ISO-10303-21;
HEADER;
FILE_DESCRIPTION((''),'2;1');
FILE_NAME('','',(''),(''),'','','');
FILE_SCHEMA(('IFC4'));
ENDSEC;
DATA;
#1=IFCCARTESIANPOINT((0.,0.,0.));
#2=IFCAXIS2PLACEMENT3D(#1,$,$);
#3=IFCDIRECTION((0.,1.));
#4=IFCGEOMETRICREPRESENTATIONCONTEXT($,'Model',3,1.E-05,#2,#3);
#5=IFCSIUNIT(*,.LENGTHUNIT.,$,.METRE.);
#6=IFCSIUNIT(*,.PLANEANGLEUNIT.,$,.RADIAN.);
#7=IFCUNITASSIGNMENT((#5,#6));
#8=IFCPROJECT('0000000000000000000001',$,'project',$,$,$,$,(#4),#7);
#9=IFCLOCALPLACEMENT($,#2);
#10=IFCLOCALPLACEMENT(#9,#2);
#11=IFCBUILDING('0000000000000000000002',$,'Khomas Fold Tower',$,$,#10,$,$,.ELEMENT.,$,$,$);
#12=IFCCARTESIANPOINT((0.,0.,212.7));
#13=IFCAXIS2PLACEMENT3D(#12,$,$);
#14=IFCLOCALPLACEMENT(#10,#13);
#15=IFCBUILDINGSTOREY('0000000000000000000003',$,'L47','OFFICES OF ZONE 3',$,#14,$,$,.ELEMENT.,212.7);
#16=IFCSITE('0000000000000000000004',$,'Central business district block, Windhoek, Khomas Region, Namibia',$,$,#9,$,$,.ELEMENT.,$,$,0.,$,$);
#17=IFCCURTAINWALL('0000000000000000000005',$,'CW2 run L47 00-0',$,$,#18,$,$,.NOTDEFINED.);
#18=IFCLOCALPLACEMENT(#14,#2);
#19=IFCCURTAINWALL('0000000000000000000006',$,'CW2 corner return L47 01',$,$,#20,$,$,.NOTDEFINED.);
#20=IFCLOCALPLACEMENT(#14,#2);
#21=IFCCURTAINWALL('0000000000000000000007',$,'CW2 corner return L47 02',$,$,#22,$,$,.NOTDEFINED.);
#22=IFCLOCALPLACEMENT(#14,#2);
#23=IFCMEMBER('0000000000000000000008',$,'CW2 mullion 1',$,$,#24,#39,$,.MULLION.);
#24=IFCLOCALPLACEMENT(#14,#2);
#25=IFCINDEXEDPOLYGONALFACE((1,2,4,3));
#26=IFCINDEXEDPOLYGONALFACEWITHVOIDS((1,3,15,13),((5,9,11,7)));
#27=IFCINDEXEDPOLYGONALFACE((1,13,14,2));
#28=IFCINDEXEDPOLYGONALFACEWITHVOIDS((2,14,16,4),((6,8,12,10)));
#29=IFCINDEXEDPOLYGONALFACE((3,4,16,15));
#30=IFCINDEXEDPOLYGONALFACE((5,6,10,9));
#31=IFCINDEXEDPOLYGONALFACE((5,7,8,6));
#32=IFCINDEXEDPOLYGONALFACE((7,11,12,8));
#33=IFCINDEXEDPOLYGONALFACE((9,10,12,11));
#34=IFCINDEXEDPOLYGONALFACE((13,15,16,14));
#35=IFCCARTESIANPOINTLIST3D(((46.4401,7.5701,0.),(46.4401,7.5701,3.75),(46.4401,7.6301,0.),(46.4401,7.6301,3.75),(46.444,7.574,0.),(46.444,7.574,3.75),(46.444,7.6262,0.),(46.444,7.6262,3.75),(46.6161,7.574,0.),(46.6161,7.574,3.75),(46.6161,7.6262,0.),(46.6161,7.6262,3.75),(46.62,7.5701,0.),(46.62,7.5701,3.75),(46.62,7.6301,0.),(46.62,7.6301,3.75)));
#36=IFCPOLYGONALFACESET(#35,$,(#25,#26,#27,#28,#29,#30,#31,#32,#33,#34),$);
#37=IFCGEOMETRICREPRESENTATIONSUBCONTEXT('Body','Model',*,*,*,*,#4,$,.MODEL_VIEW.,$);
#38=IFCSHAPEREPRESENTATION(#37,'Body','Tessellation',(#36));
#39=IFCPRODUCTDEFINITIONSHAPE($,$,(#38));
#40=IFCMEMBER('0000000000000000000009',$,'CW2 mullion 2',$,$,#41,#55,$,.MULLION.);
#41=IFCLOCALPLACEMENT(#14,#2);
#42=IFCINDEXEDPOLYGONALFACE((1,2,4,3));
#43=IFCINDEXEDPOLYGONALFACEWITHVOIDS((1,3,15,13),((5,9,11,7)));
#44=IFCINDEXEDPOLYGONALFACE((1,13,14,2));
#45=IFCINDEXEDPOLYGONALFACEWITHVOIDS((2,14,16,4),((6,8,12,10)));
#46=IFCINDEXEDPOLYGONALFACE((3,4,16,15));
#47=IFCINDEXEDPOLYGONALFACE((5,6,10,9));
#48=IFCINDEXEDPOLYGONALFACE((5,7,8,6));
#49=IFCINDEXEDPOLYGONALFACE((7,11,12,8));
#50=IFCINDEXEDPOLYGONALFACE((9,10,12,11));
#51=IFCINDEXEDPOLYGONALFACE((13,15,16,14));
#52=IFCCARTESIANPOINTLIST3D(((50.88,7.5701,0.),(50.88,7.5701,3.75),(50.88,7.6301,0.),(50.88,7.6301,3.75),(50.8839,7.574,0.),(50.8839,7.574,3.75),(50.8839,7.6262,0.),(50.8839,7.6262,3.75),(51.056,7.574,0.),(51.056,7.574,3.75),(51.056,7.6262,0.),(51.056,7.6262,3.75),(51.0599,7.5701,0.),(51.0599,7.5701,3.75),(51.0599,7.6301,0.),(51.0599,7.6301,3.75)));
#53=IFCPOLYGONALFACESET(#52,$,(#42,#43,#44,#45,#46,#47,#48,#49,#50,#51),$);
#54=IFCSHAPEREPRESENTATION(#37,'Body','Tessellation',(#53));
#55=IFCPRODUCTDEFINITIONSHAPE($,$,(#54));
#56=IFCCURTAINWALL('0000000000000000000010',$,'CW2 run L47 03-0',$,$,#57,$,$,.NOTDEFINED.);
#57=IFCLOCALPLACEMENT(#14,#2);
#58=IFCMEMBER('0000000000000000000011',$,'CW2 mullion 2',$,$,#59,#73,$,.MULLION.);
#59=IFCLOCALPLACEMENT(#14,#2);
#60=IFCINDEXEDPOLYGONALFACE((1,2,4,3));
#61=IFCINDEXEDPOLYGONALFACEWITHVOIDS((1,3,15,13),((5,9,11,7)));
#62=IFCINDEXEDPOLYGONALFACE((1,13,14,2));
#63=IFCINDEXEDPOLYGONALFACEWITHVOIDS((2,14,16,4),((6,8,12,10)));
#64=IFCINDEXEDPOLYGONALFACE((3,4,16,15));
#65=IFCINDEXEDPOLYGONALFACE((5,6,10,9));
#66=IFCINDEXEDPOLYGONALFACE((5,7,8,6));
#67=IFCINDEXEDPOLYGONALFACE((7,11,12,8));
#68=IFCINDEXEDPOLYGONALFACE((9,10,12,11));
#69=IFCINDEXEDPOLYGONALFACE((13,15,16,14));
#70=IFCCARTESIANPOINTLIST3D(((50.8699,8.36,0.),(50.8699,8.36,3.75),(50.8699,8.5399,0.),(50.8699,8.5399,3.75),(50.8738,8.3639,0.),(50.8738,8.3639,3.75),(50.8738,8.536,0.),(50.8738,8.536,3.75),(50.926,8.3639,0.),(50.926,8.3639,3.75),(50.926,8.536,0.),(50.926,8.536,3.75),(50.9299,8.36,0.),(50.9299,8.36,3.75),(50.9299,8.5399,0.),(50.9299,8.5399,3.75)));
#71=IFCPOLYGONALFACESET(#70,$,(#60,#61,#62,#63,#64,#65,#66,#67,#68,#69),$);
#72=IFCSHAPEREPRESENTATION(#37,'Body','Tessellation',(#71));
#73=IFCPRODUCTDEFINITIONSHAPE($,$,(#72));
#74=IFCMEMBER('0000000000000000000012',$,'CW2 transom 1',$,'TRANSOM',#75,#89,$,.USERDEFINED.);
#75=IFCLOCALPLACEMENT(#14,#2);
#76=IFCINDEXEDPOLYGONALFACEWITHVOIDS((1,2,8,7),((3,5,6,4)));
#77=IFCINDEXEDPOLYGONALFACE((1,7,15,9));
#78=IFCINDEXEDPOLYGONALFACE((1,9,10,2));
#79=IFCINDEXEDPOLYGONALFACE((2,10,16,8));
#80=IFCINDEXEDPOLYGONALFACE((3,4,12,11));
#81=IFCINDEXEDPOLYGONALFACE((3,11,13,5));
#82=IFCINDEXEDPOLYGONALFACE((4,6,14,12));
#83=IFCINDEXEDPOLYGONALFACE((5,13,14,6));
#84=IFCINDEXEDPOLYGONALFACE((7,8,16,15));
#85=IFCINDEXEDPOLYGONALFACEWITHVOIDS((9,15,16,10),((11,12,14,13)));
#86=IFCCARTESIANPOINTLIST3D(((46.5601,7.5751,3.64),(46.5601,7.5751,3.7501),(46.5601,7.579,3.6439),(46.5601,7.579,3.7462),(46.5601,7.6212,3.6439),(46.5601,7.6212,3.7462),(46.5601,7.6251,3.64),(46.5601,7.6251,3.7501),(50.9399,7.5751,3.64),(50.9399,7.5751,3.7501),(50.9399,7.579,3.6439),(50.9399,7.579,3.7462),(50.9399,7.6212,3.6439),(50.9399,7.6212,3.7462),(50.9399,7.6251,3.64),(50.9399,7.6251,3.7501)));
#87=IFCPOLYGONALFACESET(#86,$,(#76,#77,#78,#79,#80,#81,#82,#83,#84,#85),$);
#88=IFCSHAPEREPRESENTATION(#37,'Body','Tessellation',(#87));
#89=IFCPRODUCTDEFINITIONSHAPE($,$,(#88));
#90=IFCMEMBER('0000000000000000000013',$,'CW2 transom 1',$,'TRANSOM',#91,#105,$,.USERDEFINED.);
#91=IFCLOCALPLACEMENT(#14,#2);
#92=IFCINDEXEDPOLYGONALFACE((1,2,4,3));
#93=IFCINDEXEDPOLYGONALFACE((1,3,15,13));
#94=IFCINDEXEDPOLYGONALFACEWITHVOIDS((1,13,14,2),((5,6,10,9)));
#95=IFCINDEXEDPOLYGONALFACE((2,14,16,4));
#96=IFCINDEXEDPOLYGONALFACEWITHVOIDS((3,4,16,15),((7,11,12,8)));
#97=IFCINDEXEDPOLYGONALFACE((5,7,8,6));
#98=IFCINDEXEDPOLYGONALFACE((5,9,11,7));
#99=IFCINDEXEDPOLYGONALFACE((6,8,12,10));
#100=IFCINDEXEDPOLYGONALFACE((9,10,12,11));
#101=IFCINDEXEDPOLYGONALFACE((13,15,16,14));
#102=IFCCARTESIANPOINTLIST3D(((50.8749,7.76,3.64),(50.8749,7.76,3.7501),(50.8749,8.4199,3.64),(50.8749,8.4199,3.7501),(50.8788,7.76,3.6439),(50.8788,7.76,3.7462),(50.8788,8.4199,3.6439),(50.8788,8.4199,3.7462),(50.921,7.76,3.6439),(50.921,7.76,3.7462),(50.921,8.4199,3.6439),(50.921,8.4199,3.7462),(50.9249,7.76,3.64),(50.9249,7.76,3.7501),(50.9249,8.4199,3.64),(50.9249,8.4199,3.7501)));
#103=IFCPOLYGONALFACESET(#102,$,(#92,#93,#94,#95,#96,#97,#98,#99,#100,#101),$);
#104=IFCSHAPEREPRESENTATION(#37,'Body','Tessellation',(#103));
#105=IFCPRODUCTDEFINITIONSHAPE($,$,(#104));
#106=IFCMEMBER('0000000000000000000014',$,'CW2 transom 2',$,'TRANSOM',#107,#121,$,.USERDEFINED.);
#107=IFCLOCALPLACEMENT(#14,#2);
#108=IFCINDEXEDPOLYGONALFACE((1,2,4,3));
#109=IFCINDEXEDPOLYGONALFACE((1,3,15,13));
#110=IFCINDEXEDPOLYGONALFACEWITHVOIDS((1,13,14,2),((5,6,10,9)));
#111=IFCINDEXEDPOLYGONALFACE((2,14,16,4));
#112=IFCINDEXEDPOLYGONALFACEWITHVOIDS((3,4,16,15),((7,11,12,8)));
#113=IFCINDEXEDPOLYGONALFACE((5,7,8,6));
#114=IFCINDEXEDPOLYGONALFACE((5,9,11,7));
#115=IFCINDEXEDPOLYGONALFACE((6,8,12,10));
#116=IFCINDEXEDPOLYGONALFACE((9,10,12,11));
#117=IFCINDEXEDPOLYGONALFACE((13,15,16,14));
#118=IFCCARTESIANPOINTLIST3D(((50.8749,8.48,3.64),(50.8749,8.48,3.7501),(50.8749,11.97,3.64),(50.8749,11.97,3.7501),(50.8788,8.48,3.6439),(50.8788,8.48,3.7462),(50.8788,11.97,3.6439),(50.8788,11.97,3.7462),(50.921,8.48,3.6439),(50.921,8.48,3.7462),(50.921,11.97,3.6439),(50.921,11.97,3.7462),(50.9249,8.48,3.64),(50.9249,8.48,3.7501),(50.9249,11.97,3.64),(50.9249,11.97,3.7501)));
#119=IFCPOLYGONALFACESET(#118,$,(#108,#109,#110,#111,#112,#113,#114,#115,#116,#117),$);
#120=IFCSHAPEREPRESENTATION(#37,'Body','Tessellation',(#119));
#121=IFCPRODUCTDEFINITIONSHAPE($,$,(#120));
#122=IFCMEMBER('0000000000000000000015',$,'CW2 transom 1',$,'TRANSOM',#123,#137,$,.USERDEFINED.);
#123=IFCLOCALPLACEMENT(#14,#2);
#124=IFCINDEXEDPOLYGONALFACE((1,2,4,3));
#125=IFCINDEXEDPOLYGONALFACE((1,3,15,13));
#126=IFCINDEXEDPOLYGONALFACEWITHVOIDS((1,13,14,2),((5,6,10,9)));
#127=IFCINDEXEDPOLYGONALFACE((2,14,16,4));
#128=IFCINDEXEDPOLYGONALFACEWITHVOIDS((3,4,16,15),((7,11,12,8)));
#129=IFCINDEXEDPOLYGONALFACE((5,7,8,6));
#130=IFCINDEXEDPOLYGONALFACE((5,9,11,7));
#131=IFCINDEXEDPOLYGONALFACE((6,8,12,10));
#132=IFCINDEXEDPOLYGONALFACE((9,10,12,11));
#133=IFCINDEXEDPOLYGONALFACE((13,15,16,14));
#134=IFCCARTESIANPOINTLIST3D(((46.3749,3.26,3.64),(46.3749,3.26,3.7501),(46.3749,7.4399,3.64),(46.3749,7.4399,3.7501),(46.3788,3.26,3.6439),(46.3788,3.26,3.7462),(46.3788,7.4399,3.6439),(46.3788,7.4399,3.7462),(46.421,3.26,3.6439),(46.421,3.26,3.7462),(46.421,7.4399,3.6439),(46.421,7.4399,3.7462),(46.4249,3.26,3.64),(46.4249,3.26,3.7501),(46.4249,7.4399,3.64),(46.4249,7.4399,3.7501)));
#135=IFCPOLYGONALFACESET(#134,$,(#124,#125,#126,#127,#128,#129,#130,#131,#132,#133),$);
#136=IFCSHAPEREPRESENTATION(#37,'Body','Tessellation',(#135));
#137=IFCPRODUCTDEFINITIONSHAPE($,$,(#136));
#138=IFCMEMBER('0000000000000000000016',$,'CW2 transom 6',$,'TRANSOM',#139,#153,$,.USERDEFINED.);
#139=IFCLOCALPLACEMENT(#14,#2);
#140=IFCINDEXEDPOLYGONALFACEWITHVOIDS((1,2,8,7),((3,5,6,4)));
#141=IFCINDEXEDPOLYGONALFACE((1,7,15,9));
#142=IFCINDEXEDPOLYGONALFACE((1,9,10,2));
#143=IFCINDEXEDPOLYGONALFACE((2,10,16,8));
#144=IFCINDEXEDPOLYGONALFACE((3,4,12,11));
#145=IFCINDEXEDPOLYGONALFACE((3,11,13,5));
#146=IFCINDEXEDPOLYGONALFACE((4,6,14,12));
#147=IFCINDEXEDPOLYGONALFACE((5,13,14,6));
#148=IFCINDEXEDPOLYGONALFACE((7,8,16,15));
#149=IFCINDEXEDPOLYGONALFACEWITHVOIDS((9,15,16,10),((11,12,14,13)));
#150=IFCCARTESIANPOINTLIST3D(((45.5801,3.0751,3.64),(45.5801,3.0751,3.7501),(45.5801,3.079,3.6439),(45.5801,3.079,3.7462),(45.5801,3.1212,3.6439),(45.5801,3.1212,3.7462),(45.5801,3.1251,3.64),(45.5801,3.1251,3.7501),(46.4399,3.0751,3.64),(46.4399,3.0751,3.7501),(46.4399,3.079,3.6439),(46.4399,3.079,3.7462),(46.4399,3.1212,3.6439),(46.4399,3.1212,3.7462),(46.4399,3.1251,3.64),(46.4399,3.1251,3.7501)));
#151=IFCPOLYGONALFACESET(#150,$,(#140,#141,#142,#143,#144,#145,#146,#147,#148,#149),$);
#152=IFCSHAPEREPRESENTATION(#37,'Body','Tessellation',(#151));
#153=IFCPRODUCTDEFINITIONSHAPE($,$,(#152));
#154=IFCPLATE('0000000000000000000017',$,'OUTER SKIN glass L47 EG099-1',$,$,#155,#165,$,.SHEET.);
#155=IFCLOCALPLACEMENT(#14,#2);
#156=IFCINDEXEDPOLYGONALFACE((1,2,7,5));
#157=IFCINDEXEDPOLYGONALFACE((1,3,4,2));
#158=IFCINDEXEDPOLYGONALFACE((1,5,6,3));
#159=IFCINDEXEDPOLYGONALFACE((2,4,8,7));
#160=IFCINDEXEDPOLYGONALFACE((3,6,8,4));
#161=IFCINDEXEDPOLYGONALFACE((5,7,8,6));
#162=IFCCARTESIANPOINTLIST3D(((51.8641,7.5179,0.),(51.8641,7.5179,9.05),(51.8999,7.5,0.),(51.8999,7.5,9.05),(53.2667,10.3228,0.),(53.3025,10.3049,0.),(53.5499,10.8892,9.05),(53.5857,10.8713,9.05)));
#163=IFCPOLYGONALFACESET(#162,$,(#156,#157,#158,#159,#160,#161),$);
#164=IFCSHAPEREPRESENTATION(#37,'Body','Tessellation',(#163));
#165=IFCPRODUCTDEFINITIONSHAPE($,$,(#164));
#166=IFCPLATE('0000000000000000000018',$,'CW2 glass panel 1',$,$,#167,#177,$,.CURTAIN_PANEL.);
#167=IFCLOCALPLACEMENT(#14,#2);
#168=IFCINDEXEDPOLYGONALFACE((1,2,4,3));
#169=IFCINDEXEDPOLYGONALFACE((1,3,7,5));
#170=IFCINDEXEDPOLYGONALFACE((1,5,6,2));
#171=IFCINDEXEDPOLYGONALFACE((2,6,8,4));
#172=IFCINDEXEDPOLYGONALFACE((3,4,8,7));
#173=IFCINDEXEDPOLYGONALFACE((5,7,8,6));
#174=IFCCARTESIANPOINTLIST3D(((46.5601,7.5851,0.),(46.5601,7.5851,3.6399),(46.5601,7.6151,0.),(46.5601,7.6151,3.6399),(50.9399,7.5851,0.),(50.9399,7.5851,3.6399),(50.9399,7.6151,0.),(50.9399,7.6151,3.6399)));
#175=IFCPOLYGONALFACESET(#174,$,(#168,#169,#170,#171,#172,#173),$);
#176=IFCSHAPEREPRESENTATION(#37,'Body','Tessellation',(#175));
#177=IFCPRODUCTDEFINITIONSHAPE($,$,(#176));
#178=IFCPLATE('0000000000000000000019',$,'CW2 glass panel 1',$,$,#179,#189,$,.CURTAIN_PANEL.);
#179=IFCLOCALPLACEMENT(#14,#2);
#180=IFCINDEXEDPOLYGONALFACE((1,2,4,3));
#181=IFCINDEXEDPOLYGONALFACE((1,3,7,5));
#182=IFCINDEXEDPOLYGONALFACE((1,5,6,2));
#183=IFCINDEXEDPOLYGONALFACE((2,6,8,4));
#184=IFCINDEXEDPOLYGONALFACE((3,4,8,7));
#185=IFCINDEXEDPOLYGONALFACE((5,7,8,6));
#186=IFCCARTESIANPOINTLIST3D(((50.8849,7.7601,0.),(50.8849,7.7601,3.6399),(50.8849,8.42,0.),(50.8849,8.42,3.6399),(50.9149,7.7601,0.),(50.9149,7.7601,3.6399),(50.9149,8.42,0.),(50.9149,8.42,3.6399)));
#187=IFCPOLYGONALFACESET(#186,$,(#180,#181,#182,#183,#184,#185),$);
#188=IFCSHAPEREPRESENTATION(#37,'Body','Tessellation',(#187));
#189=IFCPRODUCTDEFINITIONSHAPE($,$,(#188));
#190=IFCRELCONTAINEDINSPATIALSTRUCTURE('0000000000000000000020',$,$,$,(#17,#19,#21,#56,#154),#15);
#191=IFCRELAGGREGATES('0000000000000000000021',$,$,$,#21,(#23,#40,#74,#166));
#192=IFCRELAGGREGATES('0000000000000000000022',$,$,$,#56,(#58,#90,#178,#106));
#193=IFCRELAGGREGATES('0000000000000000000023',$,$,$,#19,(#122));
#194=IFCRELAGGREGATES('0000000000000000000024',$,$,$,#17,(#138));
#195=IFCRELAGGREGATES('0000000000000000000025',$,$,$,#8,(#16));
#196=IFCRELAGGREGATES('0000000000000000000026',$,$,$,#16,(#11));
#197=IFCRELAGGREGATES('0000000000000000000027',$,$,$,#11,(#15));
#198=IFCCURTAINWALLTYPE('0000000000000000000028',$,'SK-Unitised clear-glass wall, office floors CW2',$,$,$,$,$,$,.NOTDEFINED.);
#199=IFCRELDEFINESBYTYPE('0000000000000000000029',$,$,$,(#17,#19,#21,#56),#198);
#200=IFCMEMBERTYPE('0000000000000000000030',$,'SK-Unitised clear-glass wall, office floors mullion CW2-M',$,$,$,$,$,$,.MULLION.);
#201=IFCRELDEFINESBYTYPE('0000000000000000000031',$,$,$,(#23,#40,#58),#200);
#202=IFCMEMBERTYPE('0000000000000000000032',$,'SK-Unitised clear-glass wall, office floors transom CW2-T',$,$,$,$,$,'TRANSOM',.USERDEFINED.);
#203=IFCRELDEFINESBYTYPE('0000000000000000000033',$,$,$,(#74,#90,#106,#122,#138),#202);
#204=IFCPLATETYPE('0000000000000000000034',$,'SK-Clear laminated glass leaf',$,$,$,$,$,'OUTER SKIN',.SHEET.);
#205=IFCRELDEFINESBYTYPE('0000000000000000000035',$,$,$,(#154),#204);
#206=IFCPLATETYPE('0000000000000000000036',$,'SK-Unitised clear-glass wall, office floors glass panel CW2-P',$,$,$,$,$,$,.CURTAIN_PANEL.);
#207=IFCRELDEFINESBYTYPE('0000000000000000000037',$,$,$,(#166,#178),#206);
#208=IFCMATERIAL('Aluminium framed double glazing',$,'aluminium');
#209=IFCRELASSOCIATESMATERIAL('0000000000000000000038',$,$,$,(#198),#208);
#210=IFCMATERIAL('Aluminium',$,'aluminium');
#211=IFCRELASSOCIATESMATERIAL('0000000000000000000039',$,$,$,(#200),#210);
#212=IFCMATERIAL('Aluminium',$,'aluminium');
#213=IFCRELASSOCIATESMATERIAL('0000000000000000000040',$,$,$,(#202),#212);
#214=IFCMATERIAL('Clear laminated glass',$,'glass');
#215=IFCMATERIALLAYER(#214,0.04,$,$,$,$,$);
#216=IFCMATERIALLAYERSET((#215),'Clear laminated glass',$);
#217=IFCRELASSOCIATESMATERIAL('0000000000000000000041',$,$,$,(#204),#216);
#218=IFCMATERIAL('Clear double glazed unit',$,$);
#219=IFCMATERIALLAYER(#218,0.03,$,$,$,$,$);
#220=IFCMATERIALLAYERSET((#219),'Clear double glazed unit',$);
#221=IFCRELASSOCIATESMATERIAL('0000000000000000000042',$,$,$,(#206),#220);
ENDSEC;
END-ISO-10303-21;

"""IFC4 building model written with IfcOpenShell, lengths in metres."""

from ifc_helpers import new_model, si_unit, direction, frame, origin, origin_2d, place, context, subcontext, project, spatial, polyline, rectangle, hollow_rectangle, outline, extrude, source, transform, mapped, material, layer, layer_set, material_profile, profile_set, type_object, element, aggregate, save


model = new_model("IFC4")

# Units and contexts
model_context = context("Model", 3, precision=1e-05, world=origin(), true_north=direction((0.0, 1.0)))
body_context = subcontext(model_context, "Body", "Model", "MODEL_VIEW")
ifc_project = project(units=[si_unit("LENGTHUNIT", "METRE"), si_unit("PLANEANGLEUNIT", "RADIAN")], contexts=[model_context])

# Site, building, storey
site_placement = place(None, origin())
site = spatial("IfcSite", under=ifc_project, at=site_placement, Name="Central business district block, Windhoek, Khomas Region, Namibia", CompositionType="ELEMENT", RefElevation=0.0)
building_placement = place(site_placement, origin())
building = spatial("IfcBuilding", under=site, at=building_placement, Name="Khomas Fold Tower", CompositionType="ELEMENT")
storey_placement = place(building_placement, frame((0.0, 0.0, 212.7)))
storey = spatial("IfcBuildingStorey", under=building, at=storey_placement, Name="L47", Description="OFFICES OF ZONE 3", CompositionType="ELEMENT", Elevation=212.7)

# Curtain walls, members
ifc_material_1 = material(Name="Aluminium framed double glazing", Category="aluminium")
curtain_wall_type = type_object("IfcCurtainWallType", Name="SK-Unitised clear-glass wall, office floors CW2", PredefinedType="NOTDEFINED", material=ifc_material_1)
curtain_wall_1_placement = place(storey_placement, origin())
curtain_wall_1 = element("IfcCurtainWall", 1, at=curtain_wall_1_placement, inside=storey, type_object=curtain_wall_type, Name="CW2 run L47 00-0", PredefinedType="NOTDEFINED")
ifc_material_2 = material(Name="Aluminium", Category="aluminium")
ifc_material_profile_1 = material_profile(ifc_material_2, hollow_rectangle(XDim=0.0601, YDim=0.1799, WallThickness=0.0039, at=origin_2d()), Name="SK-Unitised clear-glass wall, office floors mullion CW2-M")
ifc_profile_set_1 = profile_set([ifc_material_profile_1], Name="Aluminium")
member_type_1 = type_object("IfcMemberType", Name="SK-Unitised clear-glass wall, office floors mullion CW2-M", PredefinedType="MULLION", material=ifc_profile_set_1)
shared_shape_1 = source(origin(), body_context, "Body", "SweptSolid", [
    extrude(hollow_rectangle(XDim=0.0601, YDim=0.1799, WallThickness=0.0039, at=origin_2d()), origin(), (0.0, 0.0, 1.0), 3.75),
])
curtain_wall_2_placement = place(storey_placement, origin())
curtain_wall_2 = element("IfcCurtainWall", 2, at=curtain_wall_2_placement, inside=storey, type_object=curtain_wall_type, Name="CW2 corner return L47 01", PredefinedType="NOTDEFINED")
curtain_wall_3_placement = place(storey_placement, origin())
curtain_wall_3 = element("IfcCurtainWall", 3, at=curtain_wall_3_placement, inside=storey, type_object=curtain_wall_type, Name="CW2 corner return L47 02", PredefinedType="NOTDEFINED")
member_1_placement = place(storey_placement, frame((46.53, 7.6001, 0.0), z_axis=(0.0, 0.0, 1.0), x_axis=(0.0, 1.0, 0.0)))
member_1 = element("IfcMember", 4, at=member_1_placement, type_object=member_type_1, Name="CW2 mullion 1", PredefinedType="MULLION", context=body_context, shape_type="MappedRepresentation", body=[
    mapped(shared_shape_1, transform((0.0, 0.0, 0.0))),
])
member_2_placement = place(storey_placement, frame((50.97, 7.6001, 0.0), z_axis=(0.0, 0.0, 1.0), x_axis=(0.0, 1.0, 0.0)))
member_2 = element("IfcMember", 5, at=member_2_placement, type_object=member_type_1, Name="CW2 mullion 2", PredefinedType="MULLION", context=body_context, shape_type="MappedRepresentation", body=[
    mapped(shared_shape_1, transform((0.0, 0.0, 0.0))),
])

# Curtain wall, member
curtain_wall_4_placement = place(storey_placement, origin())
curtain_wall_4 = element("IfcCurtainWall", 6, at=curtain_wall_4_placement, inside=storey, type_object=curtain_wall_type, Name="CW2 run L47 03-0", PredefinedType="NOTDEFINED")
member_3_placement = place(storey_placement, frame((50.8999, 8.45, 0.0), z_axis=(0.0, 0.0, 1.0), x_axis=(-1.0, 0.0, 0.0)))
member_3 = element("IfcMember", 7, at=member_3_placement, type_object=member_type_1, Name="CW2 mullion 2", PredefinedType="MULLION", context=body_context, shape_type="MappedRepresentation", body=[
    mapped(shared_shape_1, transform((0.0, 0.0, 0.0))),
])

# Members
ifc_material_3 = material(Name="Aluminium", Category="aluminium")
ifc_material_profile_2 = material_profile(ifc_material_3, hollow_rectangle(XDim=0.05, YDim=0.1101, WallThickness=0.0039, at=origin_2d()), Name="SK-Unitised clear-glass wall, office floors transom CW2-T")
ifc_profile_set_2 = profile_set([ifc_material_profile_2], Name="Aluminium")
member_type_2 = type_object("IfcMemberType", Name="SK-Unitised clear-glass wall, office floors transom CW2-T", ElementType="TRANSOM", PredefinedType="USERDEFINED", material=ifc_profile_set_2)
shared_shape_2 = source(origin(), body_context, "Body", "SweptSolid", [
    extrude(hollow_rectangle(XDim=0.05, YDim=0.1101, WallThickness=0.0039, at=origin_2d()), origin(), (0.0, 0.0, 1.0), 4.3799),
])
member_4_placement = place(storey_placement, frame((46.5601, 7.6001, 3.6951), z_axis=(1.0, 0.0, 0.0), x_axis=(0.0, 1.0, 0.0)))
member_4 = element("IfcMember", 8, at=member_4_placement, type_object=member_type_2, Name="CW2 transom 1", ObjectType="TRANSOM", PredefinedType="USERDEFINED", context=body_context, shape_type="MappedRepresentation", body=[
    mapped(shared_shape_2, transform((0.0, 0.0, 0.0))),
])
shared_shape_3 = source(origin(), body_context, "Body", "SweptSolid", [
    extrude(hollow_rectangle(XDim=0.05, YDim=0.1101, WallThickness=0.0039, at=origin_2d()), origin(), (0.0, 0.0, 1.0), 0.6599),
])
member_5_placement = place(storey_placement, frame((50.8999, 7.76, 3.6951), z_axis=(0.0, 1.0, 0.0), x_axis=(-1.0, 0.0, 0.0)))
member_5 = element("IfcMember", 9, at=member_5_placement, type_object=member_type_2, Name="CW2 transom 1", ObjectType="TRANSOM", PredefinedType="USERDEFINED", context=body_context, shape_type="MappedRepresentation", body=[
    mapped(shared_shape_3, transform((0.0, 0.0, 0.0))),
])
shared_shape_4 = source(origin(), body_context, "Body", "SweptSolid", [
    extrude(hollow_rectangle(XDim=0.05, YDim=0.1101, WallThickness=0.0039, at=origin_2d()), origin(), (0.0, 0.0, 1.0), 3.49),
])
member_6_placement = place(storey_placement, frame((50.8999, 8.48, 3.6951), z_axis=(0.0, 1.0, 0.0), x_axis=(-1.0, 0.0, 0.0)))
member_6 = element("IfcMember", 10, at=member_6_placement, type_object=member_type_2, Name="CW2 transom 2", ObjectType="TRANSOM", PredefinedType="USERDEFINED", context=body_context, shape_type="MappedRepresentation", body=[
    mapped(shared_shape_4, transform((0.0, 0.0, 0.0))),
])
shared_shape_5 = source(origin(), body_context, "Body", "SweptSolid", [
    extrude(hollow_rectangle(XDim=0.05, YDim=0.1101, WallThickness=0.0039, at=origin_2d()), origin(), (0.0, 0.0, 1.0), 4.1799),
])
member_7_placement = place(storey_placement, frame((46.3999, 3.26, 3.6951), z_axis=(0.0, 1.0, 0.0), x_axis=(-1.0, 0.0, 0.0)))
member_7 = element("IfcMember", 11, at=member_7_placement, type_object=member_type_2, Name="CW2 transom 1", ObjectType="TRANSOM", PredefinedType="USERDEFINED", context=body_context, shape_type="MappedRepresentation", body=[
    mapped(shared_shape_5, transform((0.0, 0.0, 0.0))),
])
shared_shape_6 = source(origin(), body_context, "Body", "SweptSolid", [
    extrude(hollow_rectangle(XDim=0.05, YDim=0.1101, WallThickness=0.0039, at=origin_2d()), origin(), (0.0, 0.0, 1.0), 0.8599),
])
member_8_placement = place(storey_placement, frame((45.5801, 3.1001, 3.6951), z_axis=(1.0, 0.0, 0.0), x_axis=(0.0, 1.0, 0.0)))
member_8 = element("IfcMember", 12, at=member_8_placement, type_object=member_type_2, Name="CW2 transom 6", ObjectType="TRANSOM", PredefinedType="USERDEFINED", context=body_context, shape_type="MappedRepresentation", body=[
    mapped(shared_shape_6, transform((0.0, 0.0, 0.0))),
])

# Plates
ifc_material_4 = material(Name="Clear laminated glass", Category="glass")
ifc_layer_1 = layer(ifc_material_4, 0.04)
ifc_layer_set_1 = layer_set([ifc_layer_1], Name="Clear laminated glass")
plate_type_1 = type_object("IfcPlateType", Name="SK-Clear laminated glass leaf", ElementType="OUTER SKIN", PredefinedType="SHEET", material=ifc_layer_set_1)
plate_1_placement = place(storey_placement, frame((53.3025, 10.3049, 0.0), z_axis=(0.894413, -0.447242, 0.000001), x_axis=(-0.447242, -0.894413, 0.0)))
element("IfcPlate", 13, at=plate_1_placement, inside=storey, type_object=plate_type_1, Name="OUTER SKIN glass L47 EG099-1", PredefinedType="SHEET", context=body_context, shape_type="SweptSolid", body=[
    extrude(outline(polyline([(0.0, 0.0), (3.1361, 0.0), (3.1361, -9.05), (-0.6333, -9.05), (0.0, 0.0)])), origin(), (0.0, 0.0, -1.0), 0.04),
])
ifc_material_5 = material(Name="Clear double glazed unit")
ifc_layer_2 = layer(ifc_material_5, 0.03)
ifc_layer_set_2 = layer_set([ifc_layer_2], Name="Clear double glazed unit")
plate_type_2 = type_object("IfcPlateType", Name="SK-Unitised clear-glass wall, office floors glass panel CW2-P", PredefinedType="CURTAIN_PANEL", material=ifc_layer_set_2)
shared_shape_7 = source(origin(), body_context, "Body", "SweptSolid", [
    extrude(rectangle(XDim=4.3799, YDim=0.03, at=origin_2d()), origin(), (0.0, 0.0, 1.0), 3.6399),
])
plate_2_placement = place(storey_placement, frame((48.75, 7.6001, 0.0), z_axis=(0.0, 0.0, 1.0), x_axis=(1.0, 0.0, 0.0)))
plate_2 = element("IfcPlate", 14, at=plate_2_placement, type_object=plate_type_2, Name="CW2 glass panel 1", PredefinedType="CURTAIN_PANEL", context=body_context, shape_type="MappedRepresentation", body=[
    mapped(shared_shape_7, transform((0.0, 0.0, 0.0))),
])
aggregate(curtain_wall_3, [member_1, member_2, member_4, plate_2])
shared_shape_8 = source(origin(), body_context, "Body", "SweptSolid", [
    extrude(rectangle(XDim=0.6599, YDim=0.03, at=origin_2d()), origin(), (0.0, 0.0, 1.0), 3.6399),
])
plate_3_placement = place(storey_placement, frame((50.8999, 8.0901, 0.0), z_axis=(0.0, 0.0, 1.0), x_axis=(0.0, 1.0, 0.0)))
plate_3 = element("IfcPlate", 15, at=plate_3_placement, type_object=plate_type_2, Name="CW2 glass panel 1", PredefinedType="CURTAIN_PANEL", context=body_context, shape_type="MappedRepresentation", body=[
    mapped(shared_shape_8, transform((0.0, 0.0, 0.0))),
])
aggregate(curtain_wall_4, [member_3, member_5, plate_3, member_6])
aggregate(curtain_wall_2, [member_7])
aggregate(curtain_wall_1, [member_8])

save(model, "model.ifc")
